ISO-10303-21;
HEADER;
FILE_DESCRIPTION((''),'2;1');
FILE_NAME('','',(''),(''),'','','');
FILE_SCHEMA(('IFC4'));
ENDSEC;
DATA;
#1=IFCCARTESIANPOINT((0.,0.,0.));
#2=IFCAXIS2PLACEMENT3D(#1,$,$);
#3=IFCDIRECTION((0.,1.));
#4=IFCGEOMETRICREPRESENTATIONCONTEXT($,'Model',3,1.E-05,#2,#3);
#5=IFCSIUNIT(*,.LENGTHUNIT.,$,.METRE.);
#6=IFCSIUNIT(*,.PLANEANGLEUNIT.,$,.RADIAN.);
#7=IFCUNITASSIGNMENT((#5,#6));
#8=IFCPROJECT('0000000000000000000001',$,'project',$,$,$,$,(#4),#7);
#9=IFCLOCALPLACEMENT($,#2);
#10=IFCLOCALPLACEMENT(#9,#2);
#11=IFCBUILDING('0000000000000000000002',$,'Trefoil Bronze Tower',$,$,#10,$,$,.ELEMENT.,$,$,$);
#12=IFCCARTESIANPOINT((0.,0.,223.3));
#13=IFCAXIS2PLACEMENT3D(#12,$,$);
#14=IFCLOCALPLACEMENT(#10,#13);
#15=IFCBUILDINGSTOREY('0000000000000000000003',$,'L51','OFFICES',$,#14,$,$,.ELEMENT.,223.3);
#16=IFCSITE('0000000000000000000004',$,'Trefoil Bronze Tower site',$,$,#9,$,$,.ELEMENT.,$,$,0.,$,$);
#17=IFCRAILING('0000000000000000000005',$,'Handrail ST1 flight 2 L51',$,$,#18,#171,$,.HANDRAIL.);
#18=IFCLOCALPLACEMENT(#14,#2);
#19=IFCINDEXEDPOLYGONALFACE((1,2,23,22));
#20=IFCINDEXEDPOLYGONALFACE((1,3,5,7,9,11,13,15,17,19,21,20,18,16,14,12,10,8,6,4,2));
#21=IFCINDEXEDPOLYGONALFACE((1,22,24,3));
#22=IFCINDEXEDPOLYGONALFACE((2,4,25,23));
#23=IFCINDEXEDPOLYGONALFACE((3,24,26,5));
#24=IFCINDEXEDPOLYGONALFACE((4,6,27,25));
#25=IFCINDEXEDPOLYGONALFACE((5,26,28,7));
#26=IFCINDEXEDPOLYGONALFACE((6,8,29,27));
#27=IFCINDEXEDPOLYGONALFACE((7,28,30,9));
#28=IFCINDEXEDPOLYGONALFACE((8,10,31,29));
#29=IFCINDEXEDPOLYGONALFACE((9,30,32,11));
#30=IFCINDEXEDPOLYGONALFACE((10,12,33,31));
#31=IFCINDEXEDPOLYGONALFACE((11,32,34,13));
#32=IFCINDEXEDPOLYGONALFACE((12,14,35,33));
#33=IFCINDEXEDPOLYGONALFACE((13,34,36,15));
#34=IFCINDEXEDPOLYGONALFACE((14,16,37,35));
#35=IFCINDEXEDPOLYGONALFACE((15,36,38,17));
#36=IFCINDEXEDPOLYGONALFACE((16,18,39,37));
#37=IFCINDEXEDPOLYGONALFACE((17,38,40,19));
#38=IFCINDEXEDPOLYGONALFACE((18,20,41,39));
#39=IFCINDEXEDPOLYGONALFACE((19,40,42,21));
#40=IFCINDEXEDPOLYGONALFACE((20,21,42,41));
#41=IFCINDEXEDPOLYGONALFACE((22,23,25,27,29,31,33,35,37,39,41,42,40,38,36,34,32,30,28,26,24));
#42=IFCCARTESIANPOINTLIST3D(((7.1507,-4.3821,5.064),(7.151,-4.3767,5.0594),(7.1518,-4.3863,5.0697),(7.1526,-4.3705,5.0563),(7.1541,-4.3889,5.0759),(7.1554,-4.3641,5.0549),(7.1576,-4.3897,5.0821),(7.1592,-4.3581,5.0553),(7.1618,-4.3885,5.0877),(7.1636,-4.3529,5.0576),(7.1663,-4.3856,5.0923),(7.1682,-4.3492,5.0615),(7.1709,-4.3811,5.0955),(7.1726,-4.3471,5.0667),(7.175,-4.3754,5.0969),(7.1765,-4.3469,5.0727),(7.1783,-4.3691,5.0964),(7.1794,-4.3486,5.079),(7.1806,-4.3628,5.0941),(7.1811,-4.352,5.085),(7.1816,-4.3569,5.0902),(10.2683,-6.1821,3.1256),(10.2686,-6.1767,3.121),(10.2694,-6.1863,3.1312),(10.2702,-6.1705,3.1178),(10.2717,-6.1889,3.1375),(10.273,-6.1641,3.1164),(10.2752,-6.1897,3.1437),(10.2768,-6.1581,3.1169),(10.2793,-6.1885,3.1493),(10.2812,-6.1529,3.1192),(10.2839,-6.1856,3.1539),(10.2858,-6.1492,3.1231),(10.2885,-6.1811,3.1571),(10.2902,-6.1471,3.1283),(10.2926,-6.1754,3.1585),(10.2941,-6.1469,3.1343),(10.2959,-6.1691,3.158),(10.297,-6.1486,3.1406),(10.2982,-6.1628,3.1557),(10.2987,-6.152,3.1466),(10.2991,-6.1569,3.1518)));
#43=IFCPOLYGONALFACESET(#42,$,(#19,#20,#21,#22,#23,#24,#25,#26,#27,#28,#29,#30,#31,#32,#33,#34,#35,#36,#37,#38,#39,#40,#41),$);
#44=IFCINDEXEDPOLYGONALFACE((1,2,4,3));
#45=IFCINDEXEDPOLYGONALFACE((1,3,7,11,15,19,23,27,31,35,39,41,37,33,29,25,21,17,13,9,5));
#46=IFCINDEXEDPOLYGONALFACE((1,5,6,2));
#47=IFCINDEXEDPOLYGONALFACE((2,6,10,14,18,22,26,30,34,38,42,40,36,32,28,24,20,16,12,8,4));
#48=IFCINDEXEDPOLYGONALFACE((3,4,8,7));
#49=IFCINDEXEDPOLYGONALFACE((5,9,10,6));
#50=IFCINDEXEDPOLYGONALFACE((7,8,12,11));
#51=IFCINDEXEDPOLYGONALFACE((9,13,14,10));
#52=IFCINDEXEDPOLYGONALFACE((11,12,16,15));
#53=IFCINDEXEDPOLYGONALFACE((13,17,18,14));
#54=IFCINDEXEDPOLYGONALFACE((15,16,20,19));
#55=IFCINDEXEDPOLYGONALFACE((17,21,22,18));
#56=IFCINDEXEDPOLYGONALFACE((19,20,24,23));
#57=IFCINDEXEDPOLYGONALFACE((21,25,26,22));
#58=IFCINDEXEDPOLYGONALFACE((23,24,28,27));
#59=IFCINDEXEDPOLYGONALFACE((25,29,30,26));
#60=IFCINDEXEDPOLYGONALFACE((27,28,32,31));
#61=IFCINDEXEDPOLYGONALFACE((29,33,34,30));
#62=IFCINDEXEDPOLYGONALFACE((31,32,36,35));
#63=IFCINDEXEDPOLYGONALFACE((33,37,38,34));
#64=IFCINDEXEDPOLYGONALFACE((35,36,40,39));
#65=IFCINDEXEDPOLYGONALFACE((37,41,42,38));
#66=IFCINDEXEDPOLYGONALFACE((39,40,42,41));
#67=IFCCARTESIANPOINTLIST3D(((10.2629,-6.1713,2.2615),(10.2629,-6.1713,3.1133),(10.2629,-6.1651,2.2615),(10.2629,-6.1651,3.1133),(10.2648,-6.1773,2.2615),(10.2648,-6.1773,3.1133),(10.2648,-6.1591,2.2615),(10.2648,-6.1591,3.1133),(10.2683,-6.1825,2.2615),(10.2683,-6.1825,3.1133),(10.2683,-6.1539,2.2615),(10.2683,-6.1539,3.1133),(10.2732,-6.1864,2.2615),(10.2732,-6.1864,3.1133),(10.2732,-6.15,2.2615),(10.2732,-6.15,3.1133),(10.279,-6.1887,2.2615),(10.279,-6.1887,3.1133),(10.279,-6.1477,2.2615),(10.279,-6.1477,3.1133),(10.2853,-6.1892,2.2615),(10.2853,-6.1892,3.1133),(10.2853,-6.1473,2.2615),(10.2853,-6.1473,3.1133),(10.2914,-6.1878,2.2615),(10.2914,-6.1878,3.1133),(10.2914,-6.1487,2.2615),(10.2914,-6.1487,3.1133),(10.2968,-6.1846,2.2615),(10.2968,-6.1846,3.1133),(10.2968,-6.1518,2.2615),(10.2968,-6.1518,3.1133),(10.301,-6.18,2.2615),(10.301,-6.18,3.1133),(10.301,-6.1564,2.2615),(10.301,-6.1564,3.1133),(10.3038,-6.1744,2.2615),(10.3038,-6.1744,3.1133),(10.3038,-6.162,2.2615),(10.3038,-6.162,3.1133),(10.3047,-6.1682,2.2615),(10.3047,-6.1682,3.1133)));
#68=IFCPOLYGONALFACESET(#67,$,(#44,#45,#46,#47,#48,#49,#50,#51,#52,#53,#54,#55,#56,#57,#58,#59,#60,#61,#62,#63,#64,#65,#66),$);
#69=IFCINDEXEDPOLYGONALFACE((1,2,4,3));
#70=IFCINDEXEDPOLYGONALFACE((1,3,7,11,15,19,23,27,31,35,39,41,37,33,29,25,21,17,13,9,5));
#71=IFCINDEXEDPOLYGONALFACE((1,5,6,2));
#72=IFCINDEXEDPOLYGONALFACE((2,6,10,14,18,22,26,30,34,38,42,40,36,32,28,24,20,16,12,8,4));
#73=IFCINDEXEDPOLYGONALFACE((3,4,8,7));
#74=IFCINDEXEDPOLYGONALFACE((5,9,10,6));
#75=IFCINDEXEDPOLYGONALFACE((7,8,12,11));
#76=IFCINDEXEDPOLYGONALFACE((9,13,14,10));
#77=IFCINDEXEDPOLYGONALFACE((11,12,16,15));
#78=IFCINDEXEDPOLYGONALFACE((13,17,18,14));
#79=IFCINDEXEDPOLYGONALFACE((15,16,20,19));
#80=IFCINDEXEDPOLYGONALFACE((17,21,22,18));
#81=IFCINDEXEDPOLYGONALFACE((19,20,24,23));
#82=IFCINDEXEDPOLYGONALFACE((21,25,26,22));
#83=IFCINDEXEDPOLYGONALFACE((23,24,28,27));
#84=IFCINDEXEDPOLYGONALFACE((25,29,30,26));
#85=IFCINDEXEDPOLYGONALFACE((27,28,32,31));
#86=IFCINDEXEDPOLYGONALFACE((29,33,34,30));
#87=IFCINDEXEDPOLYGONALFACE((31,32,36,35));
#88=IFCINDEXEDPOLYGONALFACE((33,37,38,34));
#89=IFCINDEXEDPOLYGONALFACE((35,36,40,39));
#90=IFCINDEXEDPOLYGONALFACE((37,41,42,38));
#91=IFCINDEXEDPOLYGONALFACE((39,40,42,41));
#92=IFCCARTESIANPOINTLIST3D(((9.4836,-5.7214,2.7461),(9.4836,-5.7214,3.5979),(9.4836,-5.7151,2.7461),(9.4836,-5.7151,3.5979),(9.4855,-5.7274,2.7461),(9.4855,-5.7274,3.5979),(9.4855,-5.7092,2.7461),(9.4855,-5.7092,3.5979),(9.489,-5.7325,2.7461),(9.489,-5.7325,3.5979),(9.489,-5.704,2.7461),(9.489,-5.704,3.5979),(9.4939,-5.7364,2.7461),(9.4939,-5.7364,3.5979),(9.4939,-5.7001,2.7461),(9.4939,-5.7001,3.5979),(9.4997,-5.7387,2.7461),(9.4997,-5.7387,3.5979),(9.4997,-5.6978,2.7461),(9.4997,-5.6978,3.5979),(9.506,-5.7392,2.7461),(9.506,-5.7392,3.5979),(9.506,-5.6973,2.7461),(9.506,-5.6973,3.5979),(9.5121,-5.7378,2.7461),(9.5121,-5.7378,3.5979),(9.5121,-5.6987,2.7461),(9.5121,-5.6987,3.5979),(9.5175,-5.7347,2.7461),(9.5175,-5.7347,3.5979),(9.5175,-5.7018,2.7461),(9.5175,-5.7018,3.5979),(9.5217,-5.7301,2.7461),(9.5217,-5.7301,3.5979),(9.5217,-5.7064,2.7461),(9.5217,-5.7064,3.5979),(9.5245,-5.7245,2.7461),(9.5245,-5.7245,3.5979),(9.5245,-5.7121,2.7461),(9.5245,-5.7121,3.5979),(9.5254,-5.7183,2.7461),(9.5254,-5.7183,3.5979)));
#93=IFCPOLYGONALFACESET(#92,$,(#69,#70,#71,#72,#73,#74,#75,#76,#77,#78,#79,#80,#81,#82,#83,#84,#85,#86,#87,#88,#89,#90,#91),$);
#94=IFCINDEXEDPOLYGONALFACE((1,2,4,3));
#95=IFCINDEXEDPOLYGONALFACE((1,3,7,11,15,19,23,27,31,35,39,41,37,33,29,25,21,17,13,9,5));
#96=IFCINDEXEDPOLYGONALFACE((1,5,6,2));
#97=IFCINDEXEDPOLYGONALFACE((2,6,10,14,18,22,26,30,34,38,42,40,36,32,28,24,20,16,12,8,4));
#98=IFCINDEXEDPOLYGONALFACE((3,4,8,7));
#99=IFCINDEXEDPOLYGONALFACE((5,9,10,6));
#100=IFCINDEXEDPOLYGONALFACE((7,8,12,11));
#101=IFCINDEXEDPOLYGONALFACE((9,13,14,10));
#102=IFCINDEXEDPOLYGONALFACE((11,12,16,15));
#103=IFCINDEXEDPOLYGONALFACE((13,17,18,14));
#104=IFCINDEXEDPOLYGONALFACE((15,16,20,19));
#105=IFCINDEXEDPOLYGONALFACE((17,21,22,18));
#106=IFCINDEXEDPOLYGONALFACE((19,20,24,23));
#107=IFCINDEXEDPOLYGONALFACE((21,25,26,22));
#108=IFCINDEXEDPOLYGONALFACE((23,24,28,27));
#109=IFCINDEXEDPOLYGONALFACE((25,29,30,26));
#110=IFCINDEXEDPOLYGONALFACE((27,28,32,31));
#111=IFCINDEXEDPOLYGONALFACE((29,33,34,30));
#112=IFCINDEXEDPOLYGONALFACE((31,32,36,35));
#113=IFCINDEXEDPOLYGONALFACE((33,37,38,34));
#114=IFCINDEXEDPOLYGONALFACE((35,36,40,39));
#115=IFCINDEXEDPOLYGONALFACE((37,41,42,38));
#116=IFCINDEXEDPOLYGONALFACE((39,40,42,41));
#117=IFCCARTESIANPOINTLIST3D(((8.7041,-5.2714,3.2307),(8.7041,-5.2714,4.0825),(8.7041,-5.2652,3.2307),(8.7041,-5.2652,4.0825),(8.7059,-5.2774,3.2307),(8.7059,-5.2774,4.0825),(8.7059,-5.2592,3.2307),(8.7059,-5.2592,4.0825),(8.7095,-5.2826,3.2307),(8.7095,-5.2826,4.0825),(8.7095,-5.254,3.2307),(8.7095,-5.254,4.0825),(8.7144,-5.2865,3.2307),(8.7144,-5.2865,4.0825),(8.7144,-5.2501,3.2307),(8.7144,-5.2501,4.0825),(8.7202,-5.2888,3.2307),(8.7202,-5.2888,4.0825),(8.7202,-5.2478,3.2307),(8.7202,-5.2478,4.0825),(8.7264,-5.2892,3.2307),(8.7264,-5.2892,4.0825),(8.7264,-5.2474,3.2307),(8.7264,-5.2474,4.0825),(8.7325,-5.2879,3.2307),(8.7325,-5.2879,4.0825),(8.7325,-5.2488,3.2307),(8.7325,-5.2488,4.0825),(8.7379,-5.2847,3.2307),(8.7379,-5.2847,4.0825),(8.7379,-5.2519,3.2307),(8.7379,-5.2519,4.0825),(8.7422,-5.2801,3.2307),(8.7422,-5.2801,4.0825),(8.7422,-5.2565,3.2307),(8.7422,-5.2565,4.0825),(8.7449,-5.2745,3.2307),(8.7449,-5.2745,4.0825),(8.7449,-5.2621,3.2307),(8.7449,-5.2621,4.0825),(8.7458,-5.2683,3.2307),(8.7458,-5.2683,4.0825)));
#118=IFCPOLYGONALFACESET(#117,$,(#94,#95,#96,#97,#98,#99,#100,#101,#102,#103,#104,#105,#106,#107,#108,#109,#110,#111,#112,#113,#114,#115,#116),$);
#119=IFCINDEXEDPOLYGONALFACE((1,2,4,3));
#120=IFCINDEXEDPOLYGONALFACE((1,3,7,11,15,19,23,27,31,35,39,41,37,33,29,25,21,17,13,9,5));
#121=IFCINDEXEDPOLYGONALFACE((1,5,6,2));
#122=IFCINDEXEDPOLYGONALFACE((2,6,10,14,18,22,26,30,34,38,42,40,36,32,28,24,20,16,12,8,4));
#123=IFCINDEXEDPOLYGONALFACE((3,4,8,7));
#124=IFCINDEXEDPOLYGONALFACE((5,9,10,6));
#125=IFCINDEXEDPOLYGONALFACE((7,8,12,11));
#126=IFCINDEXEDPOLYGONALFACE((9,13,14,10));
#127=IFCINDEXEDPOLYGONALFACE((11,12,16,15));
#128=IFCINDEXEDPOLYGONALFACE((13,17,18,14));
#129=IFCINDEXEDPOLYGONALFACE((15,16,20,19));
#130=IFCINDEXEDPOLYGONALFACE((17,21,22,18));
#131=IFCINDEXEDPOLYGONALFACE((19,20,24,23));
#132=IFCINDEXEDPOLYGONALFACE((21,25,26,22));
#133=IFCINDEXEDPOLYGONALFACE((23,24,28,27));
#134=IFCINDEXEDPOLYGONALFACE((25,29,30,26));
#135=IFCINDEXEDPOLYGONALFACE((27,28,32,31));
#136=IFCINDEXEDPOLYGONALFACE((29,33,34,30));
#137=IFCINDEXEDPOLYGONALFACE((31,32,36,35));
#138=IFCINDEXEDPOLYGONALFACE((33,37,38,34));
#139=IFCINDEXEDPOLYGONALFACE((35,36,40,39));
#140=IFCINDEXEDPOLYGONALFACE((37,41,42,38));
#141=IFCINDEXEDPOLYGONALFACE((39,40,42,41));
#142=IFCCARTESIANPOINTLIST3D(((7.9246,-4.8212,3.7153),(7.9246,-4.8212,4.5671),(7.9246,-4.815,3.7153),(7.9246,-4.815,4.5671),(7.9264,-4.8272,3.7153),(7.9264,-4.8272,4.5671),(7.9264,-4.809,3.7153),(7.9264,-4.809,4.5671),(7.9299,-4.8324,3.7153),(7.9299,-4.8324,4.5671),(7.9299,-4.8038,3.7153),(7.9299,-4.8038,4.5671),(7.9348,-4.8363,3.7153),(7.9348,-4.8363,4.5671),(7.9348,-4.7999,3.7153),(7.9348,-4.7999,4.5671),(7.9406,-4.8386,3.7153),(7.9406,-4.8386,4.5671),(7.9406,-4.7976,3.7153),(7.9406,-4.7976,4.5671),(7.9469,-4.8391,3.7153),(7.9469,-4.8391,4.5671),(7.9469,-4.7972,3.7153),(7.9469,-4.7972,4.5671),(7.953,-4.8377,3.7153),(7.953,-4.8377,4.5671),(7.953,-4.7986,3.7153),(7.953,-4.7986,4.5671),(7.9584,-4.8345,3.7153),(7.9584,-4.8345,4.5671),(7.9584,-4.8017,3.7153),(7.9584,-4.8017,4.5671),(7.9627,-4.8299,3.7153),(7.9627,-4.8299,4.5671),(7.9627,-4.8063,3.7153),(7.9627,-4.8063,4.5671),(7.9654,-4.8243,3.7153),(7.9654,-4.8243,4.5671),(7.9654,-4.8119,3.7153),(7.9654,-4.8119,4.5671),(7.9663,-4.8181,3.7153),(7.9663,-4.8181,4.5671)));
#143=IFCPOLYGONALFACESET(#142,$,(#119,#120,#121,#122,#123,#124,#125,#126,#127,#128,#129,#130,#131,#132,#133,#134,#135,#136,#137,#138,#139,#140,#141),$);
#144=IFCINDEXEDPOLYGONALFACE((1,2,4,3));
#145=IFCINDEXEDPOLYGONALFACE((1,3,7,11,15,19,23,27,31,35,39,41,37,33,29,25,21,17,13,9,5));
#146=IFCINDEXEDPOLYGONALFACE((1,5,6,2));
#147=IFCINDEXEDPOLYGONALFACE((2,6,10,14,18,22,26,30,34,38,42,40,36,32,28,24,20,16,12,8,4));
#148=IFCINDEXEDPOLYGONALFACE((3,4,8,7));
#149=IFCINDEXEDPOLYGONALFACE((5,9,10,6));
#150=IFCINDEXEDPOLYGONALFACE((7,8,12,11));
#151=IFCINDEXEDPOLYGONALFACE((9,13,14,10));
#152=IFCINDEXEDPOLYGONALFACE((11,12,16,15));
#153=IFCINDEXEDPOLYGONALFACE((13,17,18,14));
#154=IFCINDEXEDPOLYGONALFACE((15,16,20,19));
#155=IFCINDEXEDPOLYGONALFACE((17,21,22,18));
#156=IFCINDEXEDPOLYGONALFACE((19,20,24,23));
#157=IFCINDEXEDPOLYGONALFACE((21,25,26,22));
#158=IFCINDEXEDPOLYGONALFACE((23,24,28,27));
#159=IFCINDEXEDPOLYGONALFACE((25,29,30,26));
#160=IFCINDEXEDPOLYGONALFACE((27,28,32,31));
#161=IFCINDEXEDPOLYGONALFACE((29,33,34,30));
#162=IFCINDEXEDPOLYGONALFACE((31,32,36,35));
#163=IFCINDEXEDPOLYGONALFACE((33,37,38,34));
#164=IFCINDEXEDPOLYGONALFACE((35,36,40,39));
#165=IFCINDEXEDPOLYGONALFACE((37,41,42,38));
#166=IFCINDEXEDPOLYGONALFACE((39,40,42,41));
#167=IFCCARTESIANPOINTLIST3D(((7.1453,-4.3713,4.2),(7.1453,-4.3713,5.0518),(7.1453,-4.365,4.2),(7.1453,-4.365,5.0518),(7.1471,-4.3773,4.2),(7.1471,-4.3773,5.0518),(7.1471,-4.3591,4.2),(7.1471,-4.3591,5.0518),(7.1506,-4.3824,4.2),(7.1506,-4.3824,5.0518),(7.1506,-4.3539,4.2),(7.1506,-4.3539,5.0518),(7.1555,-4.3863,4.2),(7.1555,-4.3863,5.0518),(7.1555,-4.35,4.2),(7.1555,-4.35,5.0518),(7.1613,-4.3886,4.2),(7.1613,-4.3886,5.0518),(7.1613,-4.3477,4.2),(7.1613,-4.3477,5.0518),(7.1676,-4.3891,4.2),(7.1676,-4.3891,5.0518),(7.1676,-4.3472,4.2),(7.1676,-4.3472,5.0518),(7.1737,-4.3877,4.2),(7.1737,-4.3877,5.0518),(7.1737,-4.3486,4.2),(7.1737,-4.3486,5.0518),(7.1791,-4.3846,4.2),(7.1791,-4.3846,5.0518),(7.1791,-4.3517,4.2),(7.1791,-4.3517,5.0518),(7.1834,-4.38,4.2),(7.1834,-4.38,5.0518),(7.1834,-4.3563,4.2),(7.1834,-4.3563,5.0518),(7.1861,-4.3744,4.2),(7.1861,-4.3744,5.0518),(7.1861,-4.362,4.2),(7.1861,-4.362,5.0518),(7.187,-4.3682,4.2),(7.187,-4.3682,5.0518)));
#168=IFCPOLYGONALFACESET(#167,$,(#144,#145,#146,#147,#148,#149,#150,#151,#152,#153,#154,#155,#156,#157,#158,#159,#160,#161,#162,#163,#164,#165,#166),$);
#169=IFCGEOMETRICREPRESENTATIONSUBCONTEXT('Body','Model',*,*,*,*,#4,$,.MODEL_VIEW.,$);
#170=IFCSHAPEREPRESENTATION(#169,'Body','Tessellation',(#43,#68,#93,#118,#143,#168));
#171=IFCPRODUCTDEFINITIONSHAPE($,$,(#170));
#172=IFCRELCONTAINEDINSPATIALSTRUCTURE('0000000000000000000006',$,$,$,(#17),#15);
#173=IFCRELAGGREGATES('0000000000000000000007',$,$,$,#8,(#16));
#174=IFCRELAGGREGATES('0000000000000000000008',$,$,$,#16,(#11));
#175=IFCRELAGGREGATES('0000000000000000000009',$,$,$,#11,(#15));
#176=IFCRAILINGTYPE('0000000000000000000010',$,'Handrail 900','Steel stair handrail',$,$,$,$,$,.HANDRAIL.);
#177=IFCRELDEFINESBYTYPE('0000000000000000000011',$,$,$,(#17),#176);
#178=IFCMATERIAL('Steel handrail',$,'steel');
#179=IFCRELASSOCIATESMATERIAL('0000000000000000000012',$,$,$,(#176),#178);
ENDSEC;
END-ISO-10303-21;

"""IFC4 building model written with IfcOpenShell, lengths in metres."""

from ifc_helpers import new_model, si_unit, direction, frame, origin, origin_2d, place, context, subcontext, project, spatial, circle, extrude, material, type_object, element, save


model = new_model("IFC4")

# Units and contexts
model_context = context("Model", 3, precision=1e-05, world=origin(), true_north=direction((0.0, 1.0)))
body_context = subcontext(model_context, "Body", "Model", "MODEL_VIEW")
ifc_project = project(units=[si_unit("LENGTHUNIT", "METRE"), si_unit("PLANEANGLEUNIT", "RADIAN")], contexts=[model_context])

# Site, building, storey
site_placement = place(None, origin())
site = spatial("IfcSite", under=ifc_project, at=site_placement, Name="Trefoil Bronze Tower site", CompositionType="ELEMENT", RefElevation=0.0)
building_placement = place(site_placement, origin())
building = spatial("IfcBuilding", under=site, at=building_placement, Name="Trefoil Bronze Tower", CompositionType="ELEMENT")
storey_placement = place(building_placement, frame((0.0, 0.0, 223.3)))
storey = spatial("IfcBuildingStorey", under=building, at=storey_placement, Name="L51", Description="OFFICES", CompositionType="ELEMENT", Elevation=223.3)

# Railing
ifc_material_1 = material(Name="Steel handrail", Category="steel")
railing_type = type_object("IfcRailingType", Name="Handrail 900", Description="Steel stair handrail", PredefinedType="HANDRAIL", material=ifc_material_1)
railing_1_placement = place(storey_placement, frame((10.2837, -6.1682, 2.2615)))
element("IfcRailing", 1, at=railing_1_placement, inside=storey, type_object=railing_type, Name="Handrail ST1 flight 2 L51", PredefinedType="HANDRAIL", context=body_context, shape_type="SweptSolid", body=[
    extrude(circle(Radius=0.0239, at=origin_2d()), frame((0.0, 0.0, 0.876), z_axis=(-0.762503, 0.440246, 0.474102), x_axis=(-0.500012, -0.866018, 0.0)), (0.0, 0.0, 1.0), 4.0886),
    extrude(circle(Radius=0.021, at=origin_2d()), origin(), (0.0, 0.0, 1.0), 0.8518),
    extrude(circle(Radius=0.021, at=origin_2d()), frame((-0.7793, 0.45, 0.4846)), (0.0, 0.0, 1.0), 0.8518),
    extrude(circle(Radius=0.021, at=origin_2d()), frame((-1.5588, 0.8999, 0.9692)), (0.0, 0.0, 1.0), 0.8518),
    extrude(circle(Radius=0.021, at=origin_2d()), frame((-2.3384, 1.3501, 1.4539)), (0.0, 0.0, 1.0), 0.8518),
    extrude(circle(Radius=0.021, at=origin_2d()), frame((-3.1177, 1.8, 1.9385)), (0.0, 0.0, 1.0), 0.8518),
])

save(model, "model.ifc")
